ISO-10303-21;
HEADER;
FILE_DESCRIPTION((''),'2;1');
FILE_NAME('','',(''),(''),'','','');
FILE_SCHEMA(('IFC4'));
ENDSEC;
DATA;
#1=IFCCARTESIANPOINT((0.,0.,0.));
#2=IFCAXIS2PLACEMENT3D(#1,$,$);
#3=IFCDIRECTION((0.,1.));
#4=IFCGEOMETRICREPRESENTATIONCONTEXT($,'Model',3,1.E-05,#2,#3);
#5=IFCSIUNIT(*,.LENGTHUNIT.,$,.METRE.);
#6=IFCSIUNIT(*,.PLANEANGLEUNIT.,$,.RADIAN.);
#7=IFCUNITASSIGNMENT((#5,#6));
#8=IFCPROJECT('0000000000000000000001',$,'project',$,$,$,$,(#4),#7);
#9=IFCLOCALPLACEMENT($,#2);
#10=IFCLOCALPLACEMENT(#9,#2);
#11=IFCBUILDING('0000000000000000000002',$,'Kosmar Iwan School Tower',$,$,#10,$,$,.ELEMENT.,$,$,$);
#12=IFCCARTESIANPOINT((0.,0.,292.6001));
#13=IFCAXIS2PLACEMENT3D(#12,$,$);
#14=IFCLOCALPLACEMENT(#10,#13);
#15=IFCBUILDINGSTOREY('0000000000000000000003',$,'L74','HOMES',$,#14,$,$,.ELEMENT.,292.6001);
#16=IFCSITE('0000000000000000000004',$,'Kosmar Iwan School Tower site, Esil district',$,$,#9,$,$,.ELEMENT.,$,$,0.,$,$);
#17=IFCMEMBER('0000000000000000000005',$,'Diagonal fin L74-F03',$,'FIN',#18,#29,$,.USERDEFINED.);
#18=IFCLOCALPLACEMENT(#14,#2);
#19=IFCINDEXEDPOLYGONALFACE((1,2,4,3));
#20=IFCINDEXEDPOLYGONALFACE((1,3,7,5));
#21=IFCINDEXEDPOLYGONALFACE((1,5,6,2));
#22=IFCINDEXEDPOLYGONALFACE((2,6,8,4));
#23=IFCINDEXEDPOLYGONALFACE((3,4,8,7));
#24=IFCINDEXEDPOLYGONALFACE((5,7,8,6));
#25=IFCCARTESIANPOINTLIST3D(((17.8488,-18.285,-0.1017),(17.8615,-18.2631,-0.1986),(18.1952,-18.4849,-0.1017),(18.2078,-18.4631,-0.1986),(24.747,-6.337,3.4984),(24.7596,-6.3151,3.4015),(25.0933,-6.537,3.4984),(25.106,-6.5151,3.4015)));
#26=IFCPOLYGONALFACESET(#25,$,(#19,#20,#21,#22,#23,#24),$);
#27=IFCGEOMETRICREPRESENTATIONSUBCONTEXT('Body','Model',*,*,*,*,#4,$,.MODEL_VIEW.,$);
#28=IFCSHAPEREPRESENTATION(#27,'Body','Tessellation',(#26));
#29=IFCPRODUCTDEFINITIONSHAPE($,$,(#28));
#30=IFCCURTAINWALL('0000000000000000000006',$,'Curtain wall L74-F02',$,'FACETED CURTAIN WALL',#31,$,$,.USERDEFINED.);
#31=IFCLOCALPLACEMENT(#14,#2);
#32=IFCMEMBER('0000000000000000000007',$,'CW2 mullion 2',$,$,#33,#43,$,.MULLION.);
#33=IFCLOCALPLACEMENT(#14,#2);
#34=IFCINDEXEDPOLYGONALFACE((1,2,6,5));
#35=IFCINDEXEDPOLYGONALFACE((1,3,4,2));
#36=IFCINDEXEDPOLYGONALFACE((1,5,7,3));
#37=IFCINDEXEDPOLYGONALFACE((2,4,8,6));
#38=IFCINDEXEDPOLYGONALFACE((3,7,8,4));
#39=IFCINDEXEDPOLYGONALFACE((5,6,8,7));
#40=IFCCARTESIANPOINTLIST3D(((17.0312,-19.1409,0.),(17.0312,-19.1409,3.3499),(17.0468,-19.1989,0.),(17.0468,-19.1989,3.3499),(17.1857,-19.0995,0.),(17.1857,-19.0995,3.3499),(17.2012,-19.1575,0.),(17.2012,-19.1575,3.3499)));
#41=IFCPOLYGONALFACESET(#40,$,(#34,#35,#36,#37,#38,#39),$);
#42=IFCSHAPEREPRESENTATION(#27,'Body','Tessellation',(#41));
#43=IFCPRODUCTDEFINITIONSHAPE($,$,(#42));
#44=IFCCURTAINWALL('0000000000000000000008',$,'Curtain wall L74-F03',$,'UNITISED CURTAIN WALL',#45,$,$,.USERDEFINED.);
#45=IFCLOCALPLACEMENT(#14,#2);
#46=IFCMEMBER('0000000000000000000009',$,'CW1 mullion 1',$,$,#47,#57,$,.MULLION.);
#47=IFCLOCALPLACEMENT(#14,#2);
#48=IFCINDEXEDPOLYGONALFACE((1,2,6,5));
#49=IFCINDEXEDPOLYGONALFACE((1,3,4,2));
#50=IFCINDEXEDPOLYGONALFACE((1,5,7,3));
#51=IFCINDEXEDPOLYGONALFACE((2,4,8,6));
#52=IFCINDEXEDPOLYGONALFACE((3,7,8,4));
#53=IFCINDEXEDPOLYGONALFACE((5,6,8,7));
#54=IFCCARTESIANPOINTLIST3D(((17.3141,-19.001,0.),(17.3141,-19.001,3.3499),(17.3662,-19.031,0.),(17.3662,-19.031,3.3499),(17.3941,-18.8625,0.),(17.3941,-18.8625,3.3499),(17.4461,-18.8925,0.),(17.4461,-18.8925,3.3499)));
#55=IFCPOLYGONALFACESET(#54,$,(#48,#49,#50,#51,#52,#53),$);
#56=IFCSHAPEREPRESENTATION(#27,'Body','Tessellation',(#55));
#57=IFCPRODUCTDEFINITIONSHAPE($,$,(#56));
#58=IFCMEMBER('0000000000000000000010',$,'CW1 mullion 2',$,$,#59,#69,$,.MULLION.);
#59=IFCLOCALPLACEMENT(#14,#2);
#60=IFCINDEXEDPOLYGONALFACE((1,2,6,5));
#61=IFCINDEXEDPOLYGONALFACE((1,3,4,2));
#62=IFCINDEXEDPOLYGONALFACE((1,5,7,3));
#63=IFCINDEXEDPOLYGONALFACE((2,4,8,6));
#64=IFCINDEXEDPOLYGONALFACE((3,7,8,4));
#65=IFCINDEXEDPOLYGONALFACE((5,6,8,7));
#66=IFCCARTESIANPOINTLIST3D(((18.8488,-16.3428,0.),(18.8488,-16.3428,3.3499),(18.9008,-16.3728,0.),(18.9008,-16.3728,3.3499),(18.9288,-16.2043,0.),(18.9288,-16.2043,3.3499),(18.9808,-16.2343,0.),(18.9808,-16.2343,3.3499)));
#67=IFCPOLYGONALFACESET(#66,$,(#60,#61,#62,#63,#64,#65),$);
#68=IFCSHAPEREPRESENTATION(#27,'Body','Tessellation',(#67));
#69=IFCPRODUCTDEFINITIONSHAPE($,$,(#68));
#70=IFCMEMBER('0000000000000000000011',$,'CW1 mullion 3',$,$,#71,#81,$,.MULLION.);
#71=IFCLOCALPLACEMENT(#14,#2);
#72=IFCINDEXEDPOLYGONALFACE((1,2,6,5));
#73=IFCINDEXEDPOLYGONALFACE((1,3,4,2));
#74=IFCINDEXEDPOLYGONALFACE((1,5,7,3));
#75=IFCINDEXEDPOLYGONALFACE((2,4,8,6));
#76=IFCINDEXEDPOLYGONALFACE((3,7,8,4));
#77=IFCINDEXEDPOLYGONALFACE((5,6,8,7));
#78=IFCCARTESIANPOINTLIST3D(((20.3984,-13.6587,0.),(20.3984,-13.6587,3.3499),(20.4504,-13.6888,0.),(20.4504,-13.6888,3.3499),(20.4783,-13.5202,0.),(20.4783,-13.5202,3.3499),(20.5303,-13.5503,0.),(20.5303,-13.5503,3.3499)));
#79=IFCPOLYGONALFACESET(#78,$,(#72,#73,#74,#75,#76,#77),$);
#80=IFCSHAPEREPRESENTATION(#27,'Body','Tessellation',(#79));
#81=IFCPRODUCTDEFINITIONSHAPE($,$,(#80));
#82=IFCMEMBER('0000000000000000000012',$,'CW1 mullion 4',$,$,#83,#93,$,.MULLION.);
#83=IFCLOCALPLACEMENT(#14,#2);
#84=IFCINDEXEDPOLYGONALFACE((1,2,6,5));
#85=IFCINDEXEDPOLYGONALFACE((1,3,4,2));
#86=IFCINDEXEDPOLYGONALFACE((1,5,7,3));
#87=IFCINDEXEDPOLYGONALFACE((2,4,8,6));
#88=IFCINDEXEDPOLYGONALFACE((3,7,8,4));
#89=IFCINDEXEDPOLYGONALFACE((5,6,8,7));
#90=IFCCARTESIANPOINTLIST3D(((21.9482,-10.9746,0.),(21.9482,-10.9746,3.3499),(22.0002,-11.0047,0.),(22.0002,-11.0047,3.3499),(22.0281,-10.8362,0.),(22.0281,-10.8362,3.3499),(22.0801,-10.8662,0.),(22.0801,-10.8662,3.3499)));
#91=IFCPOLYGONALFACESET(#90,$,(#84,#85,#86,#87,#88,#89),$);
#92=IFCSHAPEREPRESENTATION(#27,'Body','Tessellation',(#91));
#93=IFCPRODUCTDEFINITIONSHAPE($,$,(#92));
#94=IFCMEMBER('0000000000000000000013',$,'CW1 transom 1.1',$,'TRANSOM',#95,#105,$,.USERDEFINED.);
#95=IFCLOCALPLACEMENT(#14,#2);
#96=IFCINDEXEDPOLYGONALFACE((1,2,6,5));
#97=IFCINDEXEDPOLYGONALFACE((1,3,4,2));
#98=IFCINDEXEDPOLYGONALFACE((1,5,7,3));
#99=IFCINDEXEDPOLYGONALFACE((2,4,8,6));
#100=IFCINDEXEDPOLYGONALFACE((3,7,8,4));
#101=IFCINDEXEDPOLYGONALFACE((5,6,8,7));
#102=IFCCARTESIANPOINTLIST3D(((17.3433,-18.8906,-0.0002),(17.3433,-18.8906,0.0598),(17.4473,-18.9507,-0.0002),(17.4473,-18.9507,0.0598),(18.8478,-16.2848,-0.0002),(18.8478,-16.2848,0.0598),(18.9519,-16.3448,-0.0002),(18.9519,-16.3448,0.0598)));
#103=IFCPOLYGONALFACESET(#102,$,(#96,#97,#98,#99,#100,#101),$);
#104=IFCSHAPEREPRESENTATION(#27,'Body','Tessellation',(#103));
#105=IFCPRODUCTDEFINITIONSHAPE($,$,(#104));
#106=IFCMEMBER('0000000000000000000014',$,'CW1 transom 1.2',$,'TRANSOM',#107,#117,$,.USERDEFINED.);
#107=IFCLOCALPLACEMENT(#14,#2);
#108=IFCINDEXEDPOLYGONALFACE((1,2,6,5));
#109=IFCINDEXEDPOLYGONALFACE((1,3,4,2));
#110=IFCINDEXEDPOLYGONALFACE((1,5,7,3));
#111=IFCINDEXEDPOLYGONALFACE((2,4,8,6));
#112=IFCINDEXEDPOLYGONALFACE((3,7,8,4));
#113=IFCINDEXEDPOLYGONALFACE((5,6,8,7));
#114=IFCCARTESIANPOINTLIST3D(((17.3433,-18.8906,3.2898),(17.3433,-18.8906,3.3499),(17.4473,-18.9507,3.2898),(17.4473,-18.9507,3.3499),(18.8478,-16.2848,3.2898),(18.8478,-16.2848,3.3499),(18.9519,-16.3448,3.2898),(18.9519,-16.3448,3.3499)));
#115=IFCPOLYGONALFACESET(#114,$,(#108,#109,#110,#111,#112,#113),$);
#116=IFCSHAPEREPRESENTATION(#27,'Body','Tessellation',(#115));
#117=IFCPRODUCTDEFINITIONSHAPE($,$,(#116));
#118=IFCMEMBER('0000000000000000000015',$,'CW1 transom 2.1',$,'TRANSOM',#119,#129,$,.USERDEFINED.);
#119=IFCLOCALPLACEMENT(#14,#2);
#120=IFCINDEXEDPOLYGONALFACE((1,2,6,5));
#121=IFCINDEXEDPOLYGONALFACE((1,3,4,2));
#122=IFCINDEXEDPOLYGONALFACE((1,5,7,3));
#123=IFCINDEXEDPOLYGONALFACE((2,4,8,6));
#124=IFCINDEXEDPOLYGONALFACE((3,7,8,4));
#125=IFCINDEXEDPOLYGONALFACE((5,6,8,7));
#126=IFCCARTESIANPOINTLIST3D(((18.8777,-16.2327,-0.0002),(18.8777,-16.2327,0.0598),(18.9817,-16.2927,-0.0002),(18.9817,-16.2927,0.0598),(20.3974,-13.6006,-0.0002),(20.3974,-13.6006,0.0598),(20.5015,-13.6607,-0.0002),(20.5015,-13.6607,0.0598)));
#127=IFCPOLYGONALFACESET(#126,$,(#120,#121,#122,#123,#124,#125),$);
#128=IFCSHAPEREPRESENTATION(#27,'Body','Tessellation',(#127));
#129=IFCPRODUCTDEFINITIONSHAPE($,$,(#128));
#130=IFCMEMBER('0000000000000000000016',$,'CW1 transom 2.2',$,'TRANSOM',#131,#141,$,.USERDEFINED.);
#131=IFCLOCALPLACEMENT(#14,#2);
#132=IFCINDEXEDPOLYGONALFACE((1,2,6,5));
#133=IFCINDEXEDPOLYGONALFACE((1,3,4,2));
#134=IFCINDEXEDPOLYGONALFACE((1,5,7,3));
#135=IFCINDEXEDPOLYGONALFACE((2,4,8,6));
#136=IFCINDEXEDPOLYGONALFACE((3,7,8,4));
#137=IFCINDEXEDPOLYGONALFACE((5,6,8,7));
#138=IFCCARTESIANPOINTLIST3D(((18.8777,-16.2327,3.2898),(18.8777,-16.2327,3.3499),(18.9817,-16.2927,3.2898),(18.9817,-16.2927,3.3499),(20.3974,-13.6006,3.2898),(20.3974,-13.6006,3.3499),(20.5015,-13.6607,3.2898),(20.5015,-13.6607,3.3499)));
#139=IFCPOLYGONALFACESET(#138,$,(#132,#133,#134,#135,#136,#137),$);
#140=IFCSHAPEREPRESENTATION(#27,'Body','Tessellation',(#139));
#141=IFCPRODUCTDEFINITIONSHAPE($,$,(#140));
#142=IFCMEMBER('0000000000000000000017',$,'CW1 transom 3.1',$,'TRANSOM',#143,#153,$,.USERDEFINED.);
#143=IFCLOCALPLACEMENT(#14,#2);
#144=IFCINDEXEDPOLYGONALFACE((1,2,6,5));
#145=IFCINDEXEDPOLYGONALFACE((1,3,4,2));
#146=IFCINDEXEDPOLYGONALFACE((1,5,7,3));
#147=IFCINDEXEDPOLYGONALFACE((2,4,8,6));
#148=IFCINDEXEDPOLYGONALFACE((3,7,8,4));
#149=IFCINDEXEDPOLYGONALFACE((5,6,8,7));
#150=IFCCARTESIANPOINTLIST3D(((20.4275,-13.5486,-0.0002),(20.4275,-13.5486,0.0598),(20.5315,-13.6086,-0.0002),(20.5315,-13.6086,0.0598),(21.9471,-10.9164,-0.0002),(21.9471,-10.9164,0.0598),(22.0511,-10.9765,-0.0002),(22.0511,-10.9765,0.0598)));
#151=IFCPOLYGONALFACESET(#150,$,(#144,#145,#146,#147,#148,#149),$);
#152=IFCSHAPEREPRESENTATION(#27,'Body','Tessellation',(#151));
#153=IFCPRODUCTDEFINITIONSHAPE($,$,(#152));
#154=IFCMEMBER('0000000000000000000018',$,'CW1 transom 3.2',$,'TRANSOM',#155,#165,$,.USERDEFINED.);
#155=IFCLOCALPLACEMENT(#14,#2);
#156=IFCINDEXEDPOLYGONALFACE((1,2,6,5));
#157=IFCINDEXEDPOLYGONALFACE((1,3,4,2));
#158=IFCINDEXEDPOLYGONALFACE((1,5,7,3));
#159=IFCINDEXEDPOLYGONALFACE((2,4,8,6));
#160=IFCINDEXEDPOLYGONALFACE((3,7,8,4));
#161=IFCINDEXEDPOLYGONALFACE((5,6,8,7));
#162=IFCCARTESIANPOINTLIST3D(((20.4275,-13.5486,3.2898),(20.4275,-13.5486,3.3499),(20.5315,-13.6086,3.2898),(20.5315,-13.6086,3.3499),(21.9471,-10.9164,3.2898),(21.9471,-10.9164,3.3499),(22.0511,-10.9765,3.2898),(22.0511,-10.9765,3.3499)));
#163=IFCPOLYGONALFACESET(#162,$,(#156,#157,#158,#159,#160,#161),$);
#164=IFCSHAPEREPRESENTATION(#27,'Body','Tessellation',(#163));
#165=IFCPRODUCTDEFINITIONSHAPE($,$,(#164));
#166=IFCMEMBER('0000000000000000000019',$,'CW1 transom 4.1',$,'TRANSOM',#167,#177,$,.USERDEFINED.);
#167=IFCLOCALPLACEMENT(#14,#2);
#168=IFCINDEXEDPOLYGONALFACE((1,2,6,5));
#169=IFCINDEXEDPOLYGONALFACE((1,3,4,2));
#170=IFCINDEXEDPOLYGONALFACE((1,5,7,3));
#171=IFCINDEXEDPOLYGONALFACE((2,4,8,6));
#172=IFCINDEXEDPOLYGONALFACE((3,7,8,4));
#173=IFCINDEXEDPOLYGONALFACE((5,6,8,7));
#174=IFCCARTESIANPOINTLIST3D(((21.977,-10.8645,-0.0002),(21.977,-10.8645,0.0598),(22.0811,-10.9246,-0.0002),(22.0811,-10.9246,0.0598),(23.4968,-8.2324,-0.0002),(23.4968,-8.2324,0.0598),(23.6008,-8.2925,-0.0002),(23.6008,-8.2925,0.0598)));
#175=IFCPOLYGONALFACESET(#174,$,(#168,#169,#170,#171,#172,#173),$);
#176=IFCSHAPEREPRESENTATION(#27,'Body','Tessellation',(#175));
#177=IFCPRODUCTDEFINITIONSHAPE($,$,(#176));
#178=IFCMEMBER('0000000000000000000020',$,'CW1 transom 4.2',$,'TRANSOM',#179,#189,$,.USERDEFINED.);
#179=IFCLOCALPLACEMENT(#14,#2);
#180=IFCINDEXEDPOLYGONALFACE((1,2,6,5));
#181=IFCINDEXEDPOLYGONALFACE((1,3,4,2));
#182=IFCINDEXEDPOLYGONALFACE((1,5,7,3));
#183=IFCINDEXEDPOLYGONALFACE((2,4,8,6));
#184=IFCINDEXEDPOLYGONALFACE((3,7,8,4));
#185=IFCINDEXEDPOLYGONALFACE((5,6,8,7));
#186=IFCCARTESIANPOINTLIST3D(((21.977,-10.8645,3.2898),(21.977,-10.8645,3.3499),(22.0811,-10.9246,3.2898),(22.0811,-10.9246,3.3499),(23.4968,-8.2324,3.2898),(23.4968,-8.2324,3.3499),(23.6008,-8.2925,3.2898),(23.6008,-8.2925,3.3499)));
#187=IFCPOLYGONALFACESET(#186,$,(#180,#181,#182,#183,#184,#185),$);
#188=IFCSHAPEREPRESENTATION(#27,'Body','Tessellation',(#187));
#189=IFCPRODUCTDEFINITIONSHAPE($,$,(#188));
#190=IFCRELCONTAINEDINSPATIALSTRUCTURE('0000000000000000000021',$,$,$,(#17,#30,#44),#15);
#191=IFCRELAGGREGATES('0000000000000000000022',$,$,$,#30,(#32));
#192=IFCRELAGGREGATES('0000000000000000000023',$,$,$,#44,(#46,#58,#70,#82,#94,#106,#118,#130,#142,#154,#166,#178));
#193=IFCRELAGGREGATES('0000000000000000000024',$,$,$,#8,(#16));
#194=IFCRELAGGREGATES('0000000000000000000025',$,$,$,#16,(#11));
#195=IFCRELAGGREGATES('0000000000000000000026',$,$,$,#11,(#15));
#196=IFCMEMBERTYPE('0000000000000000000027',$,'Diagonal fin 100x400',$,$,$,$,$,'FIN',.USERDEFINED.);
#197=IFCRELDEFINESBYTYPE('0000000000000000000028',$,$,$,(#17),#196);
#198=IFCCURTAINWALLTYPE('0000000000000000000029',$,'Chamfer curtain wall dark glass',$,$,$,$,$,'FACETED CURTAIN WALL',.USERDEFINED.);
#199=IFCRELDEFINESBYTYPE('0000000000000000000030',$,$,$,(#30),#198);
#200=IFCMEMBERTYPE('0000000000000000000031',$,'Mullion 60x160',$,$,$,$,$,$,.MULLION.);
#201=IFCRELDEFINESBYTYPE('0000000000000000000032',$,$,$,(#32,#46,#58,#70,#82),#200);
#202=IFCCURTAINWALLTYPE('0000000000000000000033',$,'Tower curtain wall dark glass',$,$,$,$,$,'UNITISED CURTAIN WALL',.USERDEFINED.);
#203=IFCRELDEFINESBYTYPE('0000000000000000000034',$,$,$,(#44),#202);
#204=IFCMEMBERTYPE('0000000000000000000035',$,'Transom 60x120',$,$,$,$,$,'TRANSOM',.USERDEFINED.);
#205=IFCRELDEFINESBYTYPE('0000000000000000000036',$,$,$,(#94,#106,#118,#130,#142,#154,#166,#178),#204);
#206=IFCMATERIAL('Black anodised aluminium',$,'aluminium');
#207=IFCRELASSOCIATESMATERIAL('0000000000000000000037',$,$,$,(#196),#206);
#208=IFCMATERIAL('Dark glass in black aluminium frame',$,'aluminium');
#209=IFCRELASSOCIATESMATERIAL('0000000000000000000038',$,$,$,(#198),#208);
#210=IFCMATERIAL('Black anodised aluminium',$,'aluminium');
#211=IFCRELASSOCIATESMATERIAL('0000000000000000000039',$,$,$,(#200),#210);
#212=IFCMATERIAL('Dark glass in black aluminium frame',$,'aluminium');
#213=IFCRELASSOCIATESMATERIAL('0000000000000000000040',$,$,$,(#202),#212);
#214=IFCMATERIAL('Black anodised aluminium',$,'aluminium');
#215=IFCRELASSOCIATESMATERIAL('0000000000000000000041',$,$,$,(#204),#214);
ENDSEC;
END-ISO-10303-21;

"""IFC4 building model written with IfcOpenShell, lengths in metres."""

from ifc_helpers import new_model, si_unit, direction, frame, origin, origin_2d, place, context, subcontext, project, spatial, rectangle, extrude, material, material_profile, profile_set, type_object, element, aggregate, save


model = new_model("IFC4")

# Units and contexts
model_context = context("Model", 3, precision=1e-05, world=origin(), true_north=direction((0.0, 1.0)))
body_context = subcontext(model_context, "Body", "Model", "MODEL_VIEW")
ifc_project = project(units=[si_unit("LENGTHUNIT", "METRE"), si_unit("PLANEANGLEUNIT", "RADIAN")], contexts=[model_context])

# Site, building, storey
site_placement = place(None, origin())
site = spatial("IfcSite", under=ifc_project, at=site_placement, Name="Kosmar Iwan School Tower site, Esil district", CompositionType="ELEMENT", RefElevation=0.0)
building_placement = place(site_placement, origin())
building = spatial("IfcBuilding", under=site, at=building_placement, Name="Kosmar Iwan School Tower", CompositionType="ELEMENT")
storey_placement = place(building_placement, frame((0.0, 0.0, 292.6001)))
storey = spatial("IfcBuildingStorey", under=building, at=storey_placement, Name="L74", Description="HOMES", CompositionType="ELEMENT", Elevation=292.6001)

# Member
ifc_material_1 = material(Name="Black anodised aluminium", Category="aluminium")
ifc_material_profile_1 = material_profile(ifc_material_1, rectangle(XDim=0.1001, YDim=0.3999, at=origin_2d()), Name="FIN 100x400")
ifc_profile_set_1 = profile_set([ifc_material_profile_1], Name="Black anodised aluminium")
member_type_1 = type_object("IfcMemberType", Name="Diagonal fin 100x400", ElementType="FIN", PredefinedType="USERDEFINED", material=ifc_profile_set_1)
member_1_placement = place(storey_placement, frame((18.0283, -18.374, -0.1501), z_axis=(0.4838, 0.837965, 0.252491), x_axis=(-0.126245, -0.218663, 0.967599)))
element("IfcMember", 1, at=member_1_placement, inside=storey, type_object=member_type_1, Name="Diagonal fin L74-F03", ObjectType="FIN", PredefinedType="USERDEFINED", context=body_context, shape_type="SweptSolid", body=[
    extrude(rectangle(XDim=0.1001, YDim=0.3999, at=origin_2d()), origin(), (0.0, 0.0, 1.0), 14.2583),
])

# Curtain wall, member
ifc_material_2 = material(Name="Dark glass in black aluminium frame", Category="aluminium")
curtain_wall_type_1 = type_object("IfcCurtainWallType", Name="Chamfer curtain wall dark glass", ElementType="FACETED CURTAIN WALL", PredefinedType="USERDEFINED", material=ifc_material_2)
curtain_wall_1_placement = place(storey_placement, origin())
curtain_wall_1 = element("IfcCurtainWall", 2, at=curtain_wall_1_placement, inside=storey, type_object=curtain_wall_type_1, Name="Curtain wall L74-F02", ObjectType="FACETED CURTAIN WALL", PredefinedType="USERDEFINED")
ifc_material_3 = material(Name="Black anodised aluminium", Category="aluminium")
ifc_material_profile_2 = material_profile(ifc_material_3, rectangle(XDim=0.0601, YDim=0.1599, at=origin_2d()), Name="MULLION 60x160")
ifc_profile_set_2 = profile_set([ifc_material_profile_2], Name="Black anodised aluminium")
member_type_2 = type_object("IfcMemberType", Name="Mullion 60x160", PredefinedType="MULLION", material=ifc_profile_set_2)
member_2_placement = place(storey_placement, frame((17.1162, -19.1492, 0.0), z_axis=(0.0, 0.0, 1.0), x_axis=(-0.258819, 0.965926, 0.0)))
member_2 = element("IfcMember", 3, at=member_2_placement, type_object=member_type_2, Name="CW2 mullion 2", PredefinedType="MULLION", context=body_context, shape_type="SweptSolid", body=[
    extrude(rectangle(XDim=0.0601, YDim=0.1599, at=origin_2d()), origin(), (0.0, 0.0, 1.0), 3.3499),
])
aggregate(curtain_wall_1, [member_2])

# Curtain wall, members
ifc_material_4 = material(Name="Dark glass in black aluminium frame", Category="aluminium")
curtain_wall_type_2 = type_object("IfcCurtainWallType", Name="Tower curtain wall dark glass", ElementType="UNITISED CURTAIN WALL", PredefinedType="USERDEFINED", material=ifc_material_4)
curtain_wall_2_placement = place(storey_placement, origin())
curtain_wall_2 = element("IfcCurtainWall", 4, at=curtain_wall_2_placement, inside=storey, type_object=curtain_wall_type_2, Name="Curtain wall L74-F03", ObjectType="UNITISED CURTAIN WALL", PredefinedType="USERDEFINED")
member_3_placement = place(storey_placement, frame((17.3801, -18.9468, 0.0), z_axis=(0.0, 0.0, 1.0), x_axis=(-0.866025, 0.5, 0.0)))
member_3 = element("IfcMember", 5, at=member_3_placement, type_object=member_type_2, Name="CW1 mullion 1", PredefinedType="MULLION", context=body_context, shape_type="SweptSolid", body=[
    extrude(rectangle(XDim=0.0601, YDim=0.1599, at=origin_2d()), origin(), (0.0, 0.0, 1.0), 3.3499),
])
member_4_placement = place(storey_placement, frame((18.9148, -16.2886, 0.0), z_axis=(0.0, 0.0, 1.0), x_axis=(-0.866025, 0.5, 0.0)))
member_4 = element("IfcMember", 6, at=member_4_placement, type_object=member_type_2, Name="CW1 mullion 2", PredefinedType="MULLION", context=body_context, shape_type="SweptSolid", body=[
    extrude(rectangle(XDim=0.0601, YDim=0.1599, at=origin_2d()), origin(), (0.0, 0.0, 1.0), 3.3499),
])
member_5_placement = place(storey_placement, frame((20.4644, -13.6045, 0.0), z_axis=(0.0, 0.0, 1.0), x_axis=(-0.866025, 0.5, 0.0)))
member_5 = element("IfcMember", 7, at=member_5_placement, type_object=member_type_2, Name="CW1 mullion 3", PredefinedType="MULLION", context=body_context, shape_type="SweptSolid", body=[
    extrude(rectangle(XDim=0.0601, YDim=0.1599, at=origin_2d()), origin(), (0.0, 0.0, 1.0), 3.3499),
])
member_6_placement = place(storey_placement, frame((22.0142, -10.9204, 0.0), z_axis=(0.0, 0.0, 1.0), x_axis=(-0.866025, 0.5, 0.0)))
member_6 = element("IfcMember", 8, at=member_6_placement, type_object=member_type_2, Name="CW1 mullion 4", PredefinedType="MULLION", context=body_context, shape_type="SweptSolid", body=[
    extrude(rectangle(XDim=0.0601, YDim=0.1599, at=origin_2d()), origin(), (0.0, 0.0, 1.0), 3.3499),
])
ifc_material_5 = material(Name="Black anodised aluminium", Category="aluminium")
ifc_material_profile_3 = material_profile(ifc_material_5, rectangle(XDim=0.1201, YDim=0.0601, at=origin_2d()), Name="TRANSOM 60x120")
ifc_profile_set_3 = profile_set([ifc_material_profile_3], Name="Black anodised aluminium")
member_type_3 = type_object("IfcMemberType", Name="Transom 60x120", ElementType="TRANSOM", PredefinedType="USERDEFINED", material=ifc_profile_set_3)
member_7_placement = place(storey_placement, frame((17.3953, -18.9207, 0.0298), z_axis=(0.500022, 0.866013, 0.0), x_axis=(-0.866013, 0.500022, 0.0)))
member_7 = element("IfcMember", 9, at=member_7_placement, type_object=member_type_3, Name="CW1 transom 1.1", ObjectType="TRANSOM", PredefinedType="USERDEFINED", context=body_context, shape_type="SweptSolid", body=[
    extrude(rectangle(XDim=0.1201, YDim=0.0601, at=origin_2d()), origin(), (0.0, 0.0, 1.0), 3.009),
])
member_8_placement = place(storey_placement, frame((17.3953, -18.9207, 3.3198), z_axis=(0.500022, 0.866013, 0.0), x_axis=(-0.866013, 0.500022, 0.0)))
member_8 = element("IfcMember", 10, at=member_8_placement, type_object=member_type_3, Name="CW1 transom 1.2", ObjectType="TRANSOM", PredefinedType="USERDEFINED", context=body_context, shape_type="SweptSolid", body=[
    extrude(rectangle(XDim=0.1201, YDim=0.0601, at=origin_2d()), origin(), (0.0, 0.0, 1.0), 3.009),
])
member_9_placement = place(storey_placement, frame((18.9297, -16.2627, 0.0298), z_axis=(0.500035, 0.866005, 0.0), x_axis=(-0.866005, 0.500035, 0.0)))
member_9 = element("IfcMember", 11, at=member_9_placement, type_object=member_type_3, Name="CW1 transom 2.1", ObjectType="TRANSOM", PredefinedType="USERDEFINED", context=body_context, shape_type="SweptSolid", body=[
    extrude(rectangle(XDim=0.1201, YDim=0.0601, at=origin_2d()), origin(), (0.0, 0.0, 1.0), 3.0393),
])
member_10_placement = place(storey_placement, frame((18.9297, -16.2627, 3.3198), z_axis=(0.500035, 0.866005, 0.0), x_axis=(-0.866005, 0.500035, 0.0)))
member_10 = element("IfcMember", 12, at=member_10_placement, type_object=member_type_3, Name="CW1 transom 2.2", ObjectType="TRANSOM", PredefinedType="USERDEFINED", context=body_context, shape_type="SweptSolid", body=[
    extrude(rectangle(XDim=0.1201, YDim=0.0601, at=origin_2d()), origin(), (0.0, 0.0, 1.0), 3.0393),
])
member_11_placement = place(storey_placement, frame((20.4795, -13.5786, 0.0298), z_axis=(0.499975, 0.86604, 0.0), x_axis=(-0.86604, 0.499975, 0.0)))
member_11 = element("IfcMember", 13, at=member_11_placement, type_object=member_type_3, Name="CW1 transom 3.1", ObjectType="TRANSOM", PredefinedType="USERDEFINED", context=body_context, shape_type="SweptSolid", body=[
    extrude(rectangle(XDim=0.1201, YDim=0.0601, at=origin_2d()), origin(), (0.0, 0.0, 1.0), 3.0393),
])
member_12_placement = place(storey_placement, frame((20.4795, -13.5786, 3.3198), z_axis=(0.499975, 0.86604, 0.0), x_axis=(-0.86604, 0.499975, 0.0)))
member_12 = element("IfcMember", 14, at=member_12_placement, type_object=member_type_3, Name="CW1 transom 3.2", ObjectType="TRANSOM", PredefinedType="USERDEFINED", context=body_context, shape_type="SweptSolid", body=[
    extrude(rectangle(XDim=0.1201, YDim=0.0601, at=origin_2d()), origin(), (0.0, 0.0, 1.0), 3.0393),
])
member_13_placement = place(storey_placement, frame((22.0291, -10.8945, 0.0298), z_axis=(0.500035, 0.866005, 0.0), x_axis=(-0.866005, 0.500035, 0.0)))
member_13 = element("IfcMember", 15, at=member_13_placement, type_object=member_type_3, Name="CW1 transom 4.1", ObjectType="TRANSOM", PredefinedType="USERDEFINED", context=body_context, shape_type="SweptSolid", body=[
    extrude(rectangle(XDim=0.1201, YDim=0.0601, at=origin_2d()), origin(), (0.0, 0.0, 1.0), 3.0393),
])
member_14_placement = place(storey_placement, frame((22.0291, -10.8945, 3.3198), z_axis=(0.500035, 0.866005, 0.0), x_axis=(-0.866005, 0.500035, 0.0)))
member_14 = element("IfcMember", 16, at=member_14_placement, type_object=member_type_3, Name="CW1 transom 4.2", ObjectType="TRANSOM", PredefinedType="USERDEFINED", context=body_context, shape_type="SweptSolid", body=[
    extrude(rectangle(XDim=0.1201, YDim=0.0601, at=origin_2d()), origin(), (0.0, 0.0, 1.0), 3.0393),
])
aggregate(curtain_wall_2, [member_3, member_4, member_5, member_6, member_7, member_8, member_9, member_10, member_11, member_12, member_13, member_14])

save(model, "model.ifc")
